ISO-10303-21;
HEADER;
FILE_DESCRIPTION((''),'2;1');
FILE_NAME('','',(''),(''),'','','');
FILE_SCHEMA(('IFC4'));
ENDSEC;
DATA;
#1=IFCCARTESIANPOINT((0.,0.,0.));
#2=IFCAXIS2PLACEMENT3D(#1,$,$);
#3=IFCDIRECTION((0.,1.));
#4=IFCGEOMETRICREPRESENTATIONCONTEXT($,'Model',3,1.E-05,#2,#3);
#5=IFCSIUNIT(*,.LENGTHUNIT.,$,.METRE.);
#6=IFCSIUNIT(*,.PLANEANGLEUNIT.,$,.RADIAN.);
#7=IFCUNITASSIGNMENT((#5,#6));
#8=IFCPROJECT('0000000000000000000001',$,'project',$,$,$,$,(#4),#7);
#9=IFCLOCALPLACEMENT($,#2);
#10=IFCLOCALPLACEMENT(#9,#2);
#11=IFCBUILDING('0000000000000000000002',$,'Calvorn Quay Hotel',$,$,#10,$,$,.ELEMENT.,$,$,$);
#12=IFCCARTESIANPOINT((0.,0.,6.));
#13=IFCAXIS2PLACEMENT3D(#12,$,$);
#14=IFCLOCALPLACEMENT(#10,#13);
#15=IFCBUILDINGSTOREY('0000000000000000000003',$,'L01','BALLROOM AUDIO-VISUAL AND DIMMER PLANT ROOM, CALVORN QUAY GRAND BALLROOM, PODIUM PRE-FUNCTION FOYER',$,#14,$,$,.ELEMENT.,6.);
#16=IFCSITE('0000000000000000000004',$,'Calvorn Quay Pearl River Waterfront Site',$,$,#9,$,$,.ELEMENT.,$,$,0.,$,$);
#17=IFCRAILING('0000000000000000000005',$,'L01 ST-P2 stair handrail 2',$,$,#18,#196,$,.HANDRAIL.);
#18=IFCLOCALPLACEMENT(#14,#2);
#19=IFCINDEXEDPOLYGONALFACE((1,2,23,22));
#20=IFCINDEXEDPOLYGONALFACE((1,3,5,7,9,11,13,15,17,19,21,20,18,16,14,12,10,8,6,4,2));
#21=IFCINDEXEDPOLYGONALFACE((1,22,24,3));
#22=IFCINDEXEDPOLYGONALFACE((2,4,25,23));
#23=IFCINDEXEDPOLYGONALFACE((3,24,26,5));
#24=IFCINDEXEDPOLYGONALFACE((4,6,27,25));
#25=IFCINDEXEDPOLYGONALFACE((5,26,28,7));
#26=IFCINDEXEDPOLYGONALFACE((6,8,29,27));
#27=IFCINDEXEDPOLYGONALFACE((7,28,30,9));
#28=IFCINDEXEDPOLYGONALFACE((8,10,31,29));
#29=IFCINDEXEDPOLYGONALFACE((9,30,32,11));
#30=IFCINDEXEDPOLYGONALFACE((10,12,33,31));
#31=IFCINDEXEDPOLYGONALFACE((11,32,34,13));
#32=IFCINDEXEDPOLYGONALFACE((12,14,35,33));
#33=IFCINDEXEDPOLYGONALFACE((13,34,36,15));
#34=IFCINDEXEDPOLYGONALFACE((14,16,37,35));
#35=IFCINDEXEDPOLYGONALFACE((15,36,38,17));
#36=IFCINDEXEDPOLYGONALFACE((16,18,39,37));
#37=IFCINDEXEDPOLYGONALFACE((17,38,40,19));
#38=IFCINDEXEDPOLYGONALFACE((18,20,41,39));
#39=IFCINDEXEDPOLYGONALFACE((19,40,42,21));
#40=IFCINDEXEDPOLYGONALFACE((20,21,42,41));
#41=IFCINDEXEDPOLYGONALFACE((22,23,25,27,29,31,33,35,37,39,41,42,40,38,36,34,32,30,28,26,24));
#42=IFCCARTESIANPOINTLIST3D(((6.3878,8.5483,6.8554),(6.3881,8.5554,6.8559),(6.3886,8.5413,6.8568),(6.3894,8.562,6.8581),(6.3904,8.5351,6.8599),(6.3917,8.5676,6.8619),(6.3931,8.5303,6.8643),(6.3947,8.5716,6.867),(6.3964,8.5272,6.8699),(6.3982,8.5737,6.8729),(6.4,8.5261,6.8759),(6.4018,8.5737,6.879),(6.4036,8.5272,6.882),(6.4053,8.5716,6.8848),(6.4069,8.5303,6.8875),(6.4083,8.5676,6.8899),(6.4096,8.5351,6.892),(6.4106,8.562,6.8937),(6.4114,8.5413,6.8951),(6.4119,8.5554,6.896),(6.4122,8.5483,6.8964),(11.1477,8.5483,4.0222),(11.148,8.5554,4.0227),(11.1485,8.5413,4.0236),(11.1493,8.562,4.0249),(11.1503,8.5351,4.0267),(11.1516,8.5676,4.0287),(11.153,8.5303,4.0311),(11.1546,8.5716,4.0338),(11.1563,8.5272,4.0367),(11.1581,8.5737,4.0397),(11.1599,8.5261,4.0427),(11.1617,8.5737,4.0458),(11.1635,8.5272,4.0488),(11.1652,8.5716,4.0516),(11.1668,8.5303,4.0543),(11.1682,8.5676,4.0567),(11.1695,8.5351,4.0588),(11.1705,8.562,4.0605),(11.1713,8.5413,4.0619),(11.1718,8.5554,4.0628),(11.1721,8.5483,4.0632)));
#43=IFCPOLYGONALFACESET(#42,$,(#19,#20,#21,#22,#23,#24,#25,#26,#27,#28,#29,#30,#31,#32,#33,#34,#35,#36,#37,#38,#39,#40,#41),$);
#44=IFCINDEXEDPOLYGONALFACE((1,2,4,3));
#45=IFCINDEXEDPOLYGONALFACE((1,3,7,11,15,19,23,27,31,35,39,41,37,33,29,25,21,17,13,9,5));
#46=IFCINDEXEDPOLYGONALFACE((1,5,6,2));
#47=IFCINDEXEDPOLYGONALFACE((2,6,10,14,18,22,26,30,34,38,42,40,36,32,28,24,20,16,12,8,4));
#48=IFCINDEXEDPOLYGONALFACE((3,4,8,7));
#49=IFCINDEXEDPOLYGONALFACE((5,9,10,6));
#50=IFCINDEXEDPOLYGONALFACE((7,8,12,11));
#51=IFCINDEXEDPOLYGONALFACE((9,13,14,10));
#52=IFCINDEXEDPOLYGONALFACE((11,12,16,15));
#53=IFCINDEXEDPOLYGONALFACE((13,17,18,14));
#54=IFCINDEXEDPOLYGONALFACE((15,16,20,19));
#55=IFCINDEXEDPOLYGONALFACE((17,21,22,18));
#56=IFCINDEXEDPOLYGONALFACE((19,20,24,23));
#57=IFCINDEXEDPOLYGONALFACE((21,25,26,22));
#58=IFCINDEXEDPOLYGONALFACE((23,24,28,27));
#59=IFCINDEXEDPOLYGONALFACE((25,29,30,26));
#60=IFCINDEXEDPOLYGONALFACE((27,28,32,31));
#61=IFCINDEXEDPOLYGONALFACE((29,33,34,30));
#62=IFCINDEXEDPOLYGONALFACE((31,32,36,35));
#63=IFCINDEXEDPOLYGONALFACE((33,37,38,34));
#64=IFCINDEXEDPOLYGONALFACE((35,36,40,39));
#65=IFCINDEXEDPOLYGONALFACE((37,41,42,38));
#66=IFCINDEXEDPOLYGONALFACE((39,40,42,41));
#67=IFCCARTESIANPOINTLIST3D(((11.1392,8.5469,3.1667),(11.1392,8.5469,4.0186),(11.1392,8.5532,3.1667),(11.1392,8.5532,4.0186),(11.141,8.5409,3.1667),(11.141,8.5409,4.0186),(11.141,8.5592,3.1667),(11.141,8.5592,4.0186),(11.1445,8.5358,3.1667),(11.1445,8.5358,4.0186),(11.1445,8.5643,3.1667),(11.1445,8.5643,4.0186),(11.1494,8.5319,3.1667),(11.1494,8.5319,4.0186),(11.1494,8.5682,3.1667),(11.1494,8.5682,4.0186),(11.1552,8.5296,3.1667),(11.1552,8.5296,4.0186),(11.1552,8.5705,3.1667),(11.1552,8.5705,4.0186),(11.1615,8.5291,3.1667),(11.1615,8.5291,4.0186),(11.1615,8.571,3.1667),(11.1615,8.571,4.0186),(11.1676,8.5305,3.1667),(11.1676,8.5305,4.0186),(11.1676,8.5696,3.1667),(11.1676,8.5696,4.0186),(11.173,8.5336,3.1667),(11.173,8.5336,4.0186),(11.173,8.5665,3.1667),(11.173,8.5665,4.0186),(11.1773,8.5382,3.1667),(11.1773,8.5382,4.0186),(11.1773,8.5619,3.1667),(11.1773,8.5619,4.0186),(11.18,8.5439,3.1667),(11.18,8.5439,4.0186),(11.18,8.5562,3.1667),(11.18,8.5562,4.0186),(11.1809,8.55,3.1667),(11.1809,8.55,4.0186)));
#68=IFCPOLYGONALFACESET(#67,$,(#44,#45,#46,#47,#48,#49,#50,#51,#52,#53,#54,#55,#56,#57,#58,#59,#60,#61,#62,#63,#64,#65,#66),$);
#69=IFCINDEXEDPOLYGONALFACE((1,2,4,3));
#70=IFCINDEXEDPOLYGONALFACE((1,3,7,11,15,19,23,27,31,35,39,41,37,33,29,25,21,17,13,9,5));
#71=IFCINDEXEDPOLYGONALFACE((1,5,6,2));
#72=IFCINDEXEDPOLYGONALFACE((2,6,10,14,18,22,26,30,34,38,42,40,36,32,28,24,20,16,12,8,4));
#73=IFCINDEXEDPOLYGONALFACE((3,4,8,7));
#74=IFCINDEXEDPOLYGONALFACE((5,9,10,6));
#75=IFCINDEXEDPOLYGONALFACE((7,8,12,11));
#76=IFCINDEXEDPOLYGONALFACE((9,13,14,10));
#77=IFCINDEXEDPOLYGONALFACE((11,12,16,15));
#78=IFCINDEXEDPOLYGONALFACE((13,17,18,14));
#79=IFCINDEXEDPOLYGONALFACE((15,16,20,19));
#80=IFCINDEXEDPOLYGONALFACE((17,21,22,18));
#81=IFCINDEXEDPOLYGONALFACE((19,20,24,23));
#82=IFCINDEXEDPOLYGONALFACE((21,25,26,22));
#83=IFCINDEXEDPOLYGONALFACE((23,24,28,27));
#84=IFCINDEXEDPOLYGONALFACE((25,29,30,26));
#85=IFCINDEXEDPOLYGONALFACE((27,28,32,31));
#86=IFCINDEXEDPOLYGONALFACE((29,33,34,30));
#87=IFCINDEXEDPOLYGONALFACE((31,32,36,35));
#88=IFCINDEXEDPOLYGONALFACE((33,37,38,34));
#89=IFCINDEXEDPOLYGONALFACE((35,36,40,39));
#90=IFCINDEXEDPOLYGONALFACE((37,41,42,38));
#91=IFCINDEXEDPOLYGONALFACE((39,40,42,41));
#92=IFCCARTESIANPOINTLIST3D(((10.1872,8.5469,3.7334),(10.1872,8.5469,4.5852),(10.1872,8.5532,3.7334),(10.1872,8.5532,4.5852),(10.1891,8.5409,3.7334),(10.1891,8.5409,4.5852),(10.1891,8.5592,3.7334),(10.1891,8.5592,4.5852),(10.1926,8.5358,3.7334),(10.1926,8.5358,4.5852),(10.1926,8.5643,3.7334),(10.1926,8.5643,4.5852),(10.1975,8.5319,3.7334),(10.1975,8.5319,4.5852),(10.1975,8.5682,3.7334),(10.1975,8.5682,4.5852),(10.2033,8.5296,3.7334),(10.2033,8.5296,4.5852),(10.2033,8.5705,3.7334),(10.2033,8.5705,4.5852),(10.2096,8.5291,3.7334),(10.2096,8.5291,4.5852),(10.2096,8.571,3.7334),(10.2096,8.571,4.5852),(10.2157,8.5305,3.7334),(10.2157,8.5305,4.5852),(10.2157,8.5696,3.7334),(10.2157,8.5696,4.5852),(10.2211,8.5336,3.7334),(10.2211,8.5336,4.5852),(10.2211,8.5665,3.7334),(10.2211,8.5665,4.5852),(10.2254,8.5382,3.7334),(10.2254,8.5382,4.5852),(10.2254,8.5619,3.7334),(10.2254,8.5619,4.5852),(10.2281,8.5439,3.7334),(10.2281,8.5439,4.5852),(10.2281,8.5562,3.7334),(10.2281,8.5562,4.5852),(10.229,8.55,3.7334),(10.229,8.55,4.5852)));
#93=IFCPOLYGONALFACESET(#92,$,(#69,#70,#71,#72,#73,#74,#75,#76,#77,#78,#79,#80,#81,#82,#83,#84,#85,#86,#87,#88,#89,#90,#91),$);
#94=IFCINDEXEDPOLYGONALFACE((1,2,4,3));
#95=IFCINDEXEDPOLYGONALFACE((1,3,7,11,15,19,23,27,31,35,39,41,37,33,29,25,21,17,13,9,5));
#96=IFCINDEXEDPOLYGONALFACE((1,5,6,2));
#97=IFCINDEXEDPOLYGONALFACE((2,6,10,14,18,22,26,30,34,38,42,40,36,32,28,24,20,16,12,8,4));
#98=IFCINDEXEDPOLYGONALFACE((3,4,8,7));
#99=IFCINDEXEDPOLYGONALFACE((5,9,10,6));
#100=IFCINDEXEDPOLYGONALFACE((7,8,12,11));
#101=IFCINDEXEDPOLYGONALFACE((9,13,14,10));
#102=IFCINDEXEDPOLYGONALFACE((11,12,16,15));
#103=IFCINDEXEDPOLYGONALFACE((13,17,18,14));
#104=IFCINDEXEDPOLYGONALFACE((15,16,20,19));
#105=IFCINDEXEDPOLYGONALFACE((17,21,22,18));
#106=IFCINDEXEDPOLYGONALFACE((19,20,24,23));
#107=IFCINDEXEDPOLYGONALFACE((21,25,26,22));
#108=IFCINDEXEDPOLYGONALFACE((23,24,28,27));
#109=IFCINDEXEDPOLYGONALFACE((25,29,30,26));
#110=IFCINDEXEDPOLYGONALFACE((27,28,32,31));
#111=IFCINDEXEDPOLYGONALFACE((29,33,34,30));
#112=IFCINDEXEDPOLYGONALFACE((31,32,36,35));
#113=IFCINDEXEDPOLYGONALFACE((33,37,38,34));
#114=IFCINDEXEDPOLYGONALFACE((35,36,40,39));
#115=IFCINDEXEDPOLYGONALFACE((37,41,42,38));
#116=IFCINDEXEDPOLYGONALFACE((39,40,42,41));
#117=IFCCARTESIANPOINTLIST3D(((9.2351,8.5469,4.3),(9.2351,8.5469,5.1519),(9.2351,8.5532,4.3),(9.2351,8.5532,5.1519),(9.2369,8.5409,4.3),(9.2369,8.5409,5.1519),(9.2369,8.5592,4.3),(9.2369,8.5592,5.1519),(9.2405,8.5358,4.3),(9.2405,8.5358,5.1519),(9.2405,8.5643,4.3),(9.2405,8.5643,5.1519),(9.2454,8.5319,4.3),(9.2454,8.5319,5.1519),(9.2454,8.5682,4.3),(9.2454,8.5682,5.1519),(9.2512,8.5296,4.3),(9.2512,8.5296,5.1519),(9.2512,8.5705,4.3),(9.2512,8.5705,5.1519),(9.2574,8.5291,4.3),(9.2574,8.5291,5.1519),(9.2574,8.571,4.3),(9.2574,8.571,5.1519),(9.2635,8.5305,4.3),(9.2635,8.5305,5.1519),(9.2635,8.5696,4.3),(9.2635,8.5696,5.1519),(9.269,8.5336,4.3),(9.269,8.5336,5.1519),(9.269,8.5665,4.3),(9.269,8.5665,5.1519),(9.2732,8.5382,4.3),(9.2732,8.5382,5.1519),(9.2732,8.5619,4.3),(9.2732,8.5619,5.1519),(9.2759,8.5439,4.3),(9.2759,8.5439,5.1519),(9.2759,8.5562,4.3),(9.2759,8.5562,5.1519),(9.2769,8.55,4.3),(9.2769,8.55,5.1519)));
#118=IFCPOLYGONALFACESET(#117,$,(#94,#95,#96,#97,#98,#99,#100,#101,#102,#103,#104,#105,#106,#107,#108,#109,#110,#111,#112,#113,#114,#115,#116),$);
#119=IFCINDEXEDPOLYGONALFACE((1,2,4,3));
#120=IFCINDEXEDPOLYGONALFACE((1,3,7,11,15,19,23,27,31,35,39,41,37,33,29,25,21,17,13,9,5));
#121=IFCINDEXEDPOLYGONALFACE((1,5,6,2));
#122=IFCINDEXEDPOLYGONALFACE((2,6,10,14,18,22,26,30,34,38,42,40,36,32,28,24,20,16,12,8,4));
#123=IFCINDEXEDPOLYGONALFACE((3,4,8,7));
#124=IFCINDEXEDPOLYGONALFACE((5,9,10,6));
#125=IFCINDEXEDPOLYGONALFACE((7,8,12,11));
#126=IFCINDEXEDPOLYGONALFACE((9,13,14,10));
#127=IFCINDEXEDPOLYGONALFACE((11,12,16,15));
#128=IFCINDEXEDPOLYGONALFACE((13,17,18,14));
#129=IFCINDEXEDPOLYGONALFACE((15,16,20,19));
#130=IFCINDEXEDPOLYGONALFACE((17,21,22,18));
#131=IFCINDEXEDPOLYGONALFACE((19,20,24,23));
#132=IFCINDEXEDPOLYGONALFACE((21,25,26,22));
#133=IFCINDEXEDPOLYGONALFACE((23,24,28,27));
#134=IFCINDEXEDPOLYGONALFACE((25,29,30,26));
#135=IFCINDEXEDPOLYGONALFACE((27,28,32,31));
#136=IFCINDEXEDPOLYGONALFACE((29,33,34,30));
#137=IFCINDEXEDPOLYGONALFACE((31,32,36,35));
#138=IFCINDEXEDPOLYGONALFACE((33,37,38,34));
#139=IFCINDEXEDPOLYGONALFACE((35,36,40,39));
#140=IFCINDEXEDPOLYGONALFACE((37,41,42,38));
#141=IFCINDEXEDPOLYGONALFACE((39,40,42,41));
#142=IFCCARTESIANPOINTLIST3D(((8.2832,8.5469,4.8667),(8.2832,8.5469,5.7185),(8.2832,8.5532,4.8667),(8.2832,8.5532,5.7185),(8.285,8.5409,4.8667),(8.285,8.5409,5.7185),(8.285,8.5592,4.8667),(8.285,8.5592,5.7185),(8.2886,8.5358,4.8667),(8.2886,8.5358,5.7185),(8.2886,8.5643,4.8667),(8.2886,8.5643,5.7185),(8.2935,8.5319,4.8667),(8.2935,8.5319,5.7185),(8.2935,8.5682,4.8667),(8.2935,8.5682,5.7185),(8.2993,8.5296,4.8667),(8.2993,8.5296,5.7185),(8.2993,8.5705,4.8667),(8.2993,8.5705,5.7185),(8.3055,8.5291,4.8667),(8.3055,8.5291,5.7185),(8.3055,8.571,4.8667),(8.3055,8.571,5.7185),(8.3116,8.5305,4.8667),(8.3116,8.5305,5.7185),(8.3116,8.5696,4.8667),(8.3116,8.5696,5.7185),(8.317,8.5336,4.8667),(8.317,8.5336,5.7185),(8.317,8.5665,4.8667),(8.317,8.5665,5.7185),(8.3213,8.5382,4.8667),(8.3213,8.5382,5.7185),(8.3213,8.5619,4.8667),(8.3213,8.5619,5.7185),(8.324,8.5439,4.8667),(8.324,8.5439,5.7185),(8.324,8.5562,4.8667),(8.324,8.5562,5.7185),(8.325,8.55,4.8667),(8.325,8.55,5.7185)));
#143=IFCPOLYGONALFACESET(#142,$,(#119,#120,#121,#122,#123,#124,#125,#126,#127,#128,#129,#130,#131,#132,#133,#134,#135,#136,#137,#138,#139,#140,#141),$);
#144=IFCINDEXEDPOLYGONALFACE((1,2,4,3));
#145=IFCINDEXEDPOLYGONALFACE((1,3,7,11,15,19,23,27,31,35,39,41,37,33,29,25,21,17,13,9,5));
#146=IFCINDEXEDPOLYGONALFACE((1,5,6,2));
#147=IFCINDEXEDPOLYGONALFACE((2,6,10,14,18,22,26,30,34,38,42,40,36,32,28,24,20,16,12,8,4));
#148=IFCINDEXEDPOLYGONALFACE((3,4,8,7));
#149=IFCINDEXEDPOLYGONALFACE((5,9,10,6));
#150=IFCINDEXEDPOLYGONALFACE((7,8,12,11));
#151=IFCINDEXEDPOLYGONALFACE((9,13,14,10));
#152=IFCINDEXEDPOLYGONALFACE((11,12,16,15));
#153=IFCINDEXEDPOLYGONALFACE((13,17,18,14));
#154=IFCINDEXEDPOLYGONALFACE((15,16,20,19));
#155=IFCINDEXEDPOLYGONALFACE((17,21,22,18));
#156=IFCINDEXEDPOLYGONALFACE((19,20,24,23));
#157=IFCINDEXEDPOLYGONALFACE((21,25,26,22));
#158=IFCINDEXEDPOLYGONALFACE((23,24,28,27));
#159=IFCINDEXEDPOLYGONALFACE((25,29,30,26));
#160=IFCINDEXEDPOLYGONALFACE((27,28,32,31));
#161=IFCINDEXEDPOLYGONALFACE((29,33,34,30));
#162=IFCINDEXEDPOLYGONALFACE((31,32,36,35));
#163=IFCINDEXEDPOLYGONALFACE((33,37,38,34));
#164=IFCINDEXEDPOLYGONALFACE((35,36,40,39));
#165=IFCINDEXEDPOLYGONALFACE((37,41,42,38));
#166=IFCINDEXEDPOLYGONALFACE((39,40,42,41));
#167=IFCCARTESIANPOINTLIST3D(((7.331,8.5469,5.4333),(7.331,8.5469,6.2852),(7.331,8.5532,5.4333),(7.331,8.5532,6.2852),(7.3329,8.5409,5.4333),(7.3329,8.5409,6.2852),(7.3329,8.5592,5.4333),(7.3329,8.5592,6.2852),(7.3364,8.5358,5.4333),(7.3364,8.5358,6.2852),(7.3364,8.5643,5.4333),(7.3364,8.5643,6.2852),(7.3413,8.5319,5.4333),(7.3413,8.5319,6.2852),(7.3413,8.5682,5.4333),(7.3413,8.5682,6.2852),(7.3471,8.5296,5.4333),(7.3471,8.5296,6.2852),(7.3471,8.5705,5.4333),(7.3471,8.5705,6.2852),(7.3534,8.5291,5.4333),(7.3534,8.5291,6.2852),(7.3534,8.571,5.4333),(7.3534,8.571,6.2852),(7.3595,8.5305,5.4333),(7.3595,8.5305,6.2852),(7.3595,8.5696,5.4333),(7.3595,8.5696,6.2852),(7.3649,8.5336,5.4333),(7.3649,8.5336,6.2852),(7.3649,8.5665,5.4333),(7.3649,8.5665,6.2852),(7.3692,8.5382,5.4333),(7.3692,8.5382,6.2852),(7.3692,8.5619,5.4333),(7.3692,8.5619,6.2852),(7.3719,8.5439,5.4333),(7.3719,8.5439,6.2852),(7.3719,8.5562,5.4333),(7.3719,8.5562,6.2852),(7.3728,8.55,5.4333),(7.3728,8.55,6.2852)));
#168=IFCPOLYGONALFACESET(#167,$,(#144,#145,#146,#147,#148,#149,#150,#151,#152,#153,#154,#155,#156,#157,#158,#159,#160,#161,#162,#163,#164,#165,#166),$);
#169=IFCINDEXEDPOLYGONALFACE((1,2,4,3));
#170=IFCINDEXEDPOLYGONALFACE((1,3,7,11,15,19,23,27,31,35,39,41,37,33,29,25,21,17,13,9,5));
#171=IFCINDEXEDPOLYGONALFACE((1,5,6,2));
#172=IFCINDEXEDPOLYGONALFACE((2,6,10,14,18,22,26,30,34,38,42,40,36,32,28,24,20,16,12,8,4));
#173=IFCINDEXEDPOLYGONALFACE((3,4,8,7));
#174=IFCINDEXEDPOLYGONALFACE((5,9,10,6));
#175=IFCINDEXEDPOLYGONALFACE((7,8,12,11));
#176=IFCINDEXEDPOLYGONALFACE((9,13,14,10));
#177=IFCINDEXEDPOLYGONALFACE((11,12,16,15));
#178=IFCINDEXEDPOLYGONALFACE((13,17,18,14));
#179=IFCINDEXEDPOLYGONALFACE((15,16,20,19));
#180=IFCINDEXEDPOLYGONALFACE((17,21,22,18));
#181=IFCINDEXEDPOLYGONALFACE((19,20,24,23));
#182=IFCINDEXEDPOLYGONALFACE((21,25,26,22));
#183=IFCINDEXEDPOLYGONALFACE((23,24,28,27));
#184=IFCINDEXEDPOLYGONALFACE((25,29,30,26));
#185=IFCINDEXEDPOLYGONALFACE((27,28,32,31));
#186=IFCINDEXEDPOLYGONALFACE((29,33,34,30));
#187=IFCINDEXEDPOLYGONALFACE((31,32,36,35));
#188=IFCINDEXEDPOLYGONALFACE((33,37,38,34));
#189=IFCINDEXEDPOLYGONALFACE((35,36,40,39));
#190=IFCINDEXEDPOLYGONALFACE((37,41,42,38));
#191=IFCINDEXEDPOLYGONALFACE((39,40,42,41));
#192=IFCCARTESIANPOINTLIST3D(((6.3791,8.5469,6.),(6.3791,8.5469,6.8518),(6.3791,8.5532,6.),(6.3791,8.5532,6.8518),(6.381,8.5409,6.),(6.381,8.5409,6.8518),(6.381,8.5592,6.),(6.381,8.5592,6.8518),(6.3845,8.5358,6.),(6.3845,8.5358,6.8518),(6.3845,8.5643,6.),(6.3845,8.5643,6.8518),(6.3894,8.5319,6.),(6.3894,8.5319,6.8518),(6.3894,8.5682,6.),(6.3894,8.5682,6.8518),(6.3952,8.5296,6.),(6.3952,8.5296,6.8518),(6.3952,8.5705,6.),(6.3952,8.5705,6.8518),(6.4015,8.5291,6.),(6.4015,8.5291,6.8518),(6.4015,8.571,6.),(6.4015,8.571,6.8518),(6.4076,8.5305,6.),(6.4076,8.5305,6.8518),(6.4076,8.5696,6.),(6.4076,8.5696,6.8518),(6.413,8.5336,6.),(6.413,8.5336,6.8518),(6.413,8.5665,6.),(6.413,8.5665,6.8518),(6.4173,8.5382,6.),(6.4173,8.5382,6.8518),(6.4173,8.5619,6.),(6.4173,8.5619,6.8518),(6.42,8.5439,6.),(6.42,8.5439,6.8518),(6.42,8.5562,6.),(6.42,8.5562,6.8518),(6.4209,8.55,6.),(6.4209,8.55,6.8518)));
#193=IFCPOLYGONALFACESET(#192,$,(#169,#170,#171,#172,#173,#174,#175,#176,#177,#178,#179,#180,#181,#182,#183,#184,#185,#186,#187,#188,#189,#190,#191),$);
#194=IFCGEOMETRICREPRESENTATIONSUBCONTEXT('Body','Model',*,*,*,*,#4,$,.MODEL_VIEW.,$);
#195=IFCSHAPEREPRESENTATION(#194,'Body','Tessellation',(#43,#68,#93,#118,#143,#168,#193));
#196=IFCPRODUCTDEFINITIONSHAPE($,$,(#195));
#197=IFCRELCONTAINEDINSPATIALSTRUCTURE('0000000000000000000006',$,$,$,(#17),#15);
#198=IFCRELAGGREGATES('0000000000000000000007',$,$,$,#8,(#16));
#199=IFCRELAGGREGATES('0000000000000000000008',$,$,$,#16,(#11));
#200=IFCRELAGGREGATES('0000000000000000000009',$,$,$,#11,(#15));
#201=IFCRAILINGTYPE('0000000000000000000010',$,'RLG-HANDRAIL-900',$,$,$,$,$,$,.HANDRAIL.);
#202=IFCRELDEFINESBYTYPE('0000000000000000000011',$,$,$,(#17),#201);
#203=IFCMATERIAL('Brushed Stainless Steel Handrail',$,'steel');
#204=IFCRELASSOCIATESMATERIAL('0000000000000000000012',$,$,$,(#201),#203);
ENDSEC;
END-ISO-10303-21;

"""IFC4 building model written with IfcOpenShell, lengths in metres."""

from ifc_helpers import new_model, si_unit, direction, frame, origin, origin_2d, place, context, subcontext, project, spatial, circle, extrude, material, type_object, element, save


model = new_model("IFC4")

# Units and contexts
model_context = context("Model", 3, precision=1e-05, world=origin(), true_north=direction((0.0, 1.0)))
body_context = subcontext(model_context, "Body", "Model", "MODEL_VIEW")
ifc_project = project(units=[si_unit("LENGTHUNIT", "METRE"), si_unit("PLANEANGLEUNIT", "RADIAN")], contexts=[model_context])

# Site, building, storey
site_placement = place(None, origin())
site = spatial("IfcSite", under=ifc_project, at=site_placement, Name="Calvorn Quay Pearl River Waterfront Site", CompositionType="ELEMENT", RefElevation=0.0)
building_placement = place(site_placement, origin())
building = spatial("IfcBuilding", under=site, at=building_placement, Name="Calvorn Quay Hotel", CompositionType="ELEMENT")
storey_placement = place(building_placement, frame((0.0, 0.0, 6.0)))
storey = spatial("IfcBuildingStorey", under=building, at=storey_placement, Name="L01", Description="BALLROOM AUDIO-VISUAL AND DIMMER PLANT ROOM, CALVORN QUAY GRAND BALLROOM, PODIUM PRE-FUNCTION FOYER", CompositionType="ELEMENT", Elevation=6.0)

# Railing
ifc_material_1 = material(Name="Brushed Stainless Steel Handrail", Category="steel")
railing_type_1 = type_object("IfcRailingType", Name="RLG-HANDRAIL-900", PredefinedType="HANDRAIL", material=ifc_material_1)
railing_1_placement = place(storey_placement, frame((11.1599, 8.55, 3.1667)))
element("IfcRailing", 1, at=railing_1_placement, inside=storey, type_object=railing_type_1, Name="L01 ST-P2 stair handrail 2", PredefinedType="HANDRAIL", context=body_context, shape_type="SweptSolid", body=[
    extrude(circle(Radius=0.0239, at=origin_2d()), frame((0.0, 0.0, 0.876), z_axis=(-0.8593, 0.0, 0.511472), x_axis=(0.0, -1.0, 0.0)), (0.0, 0.0, 1.0), 5.5393),
    extrude(circle(Radius=0.021, at=origin_2d()), origin(), (0.0, 0.0, 1.0), 0.8518),
    extrude(circle(Radius=0.021, at=origin_2d()), frame((-0.9519, 0.0, 0.5667)), (0.0, 0.0, 1.0), 0.8518),
    extrude(circle(Radius=0.021, at=origin_2d()), frame((-1.9041, 0.0, 1.1333)), (0.0, 0.0, 1.0), 0.8518),
    extrude(circle(Radius=0.021, at=origin_2d()), frame((-2.856, 0.0, 1.7)), (0.0, 0.0, 1.0), 0.8518),
    extrude(circle(Radius=0.021, at=origin_2d()), frame((-3.8081, 0.0, 2.2666)), (0.0, 0.0, 1.0), 0.8518),
    extrude(circle(Radius=0.021, at=origin_2d()), frame((-4.76, 0.0, 2.8333)), (0.0, 0.0, 1.0), 0.8518),
])

save(model, "model.ifc")
